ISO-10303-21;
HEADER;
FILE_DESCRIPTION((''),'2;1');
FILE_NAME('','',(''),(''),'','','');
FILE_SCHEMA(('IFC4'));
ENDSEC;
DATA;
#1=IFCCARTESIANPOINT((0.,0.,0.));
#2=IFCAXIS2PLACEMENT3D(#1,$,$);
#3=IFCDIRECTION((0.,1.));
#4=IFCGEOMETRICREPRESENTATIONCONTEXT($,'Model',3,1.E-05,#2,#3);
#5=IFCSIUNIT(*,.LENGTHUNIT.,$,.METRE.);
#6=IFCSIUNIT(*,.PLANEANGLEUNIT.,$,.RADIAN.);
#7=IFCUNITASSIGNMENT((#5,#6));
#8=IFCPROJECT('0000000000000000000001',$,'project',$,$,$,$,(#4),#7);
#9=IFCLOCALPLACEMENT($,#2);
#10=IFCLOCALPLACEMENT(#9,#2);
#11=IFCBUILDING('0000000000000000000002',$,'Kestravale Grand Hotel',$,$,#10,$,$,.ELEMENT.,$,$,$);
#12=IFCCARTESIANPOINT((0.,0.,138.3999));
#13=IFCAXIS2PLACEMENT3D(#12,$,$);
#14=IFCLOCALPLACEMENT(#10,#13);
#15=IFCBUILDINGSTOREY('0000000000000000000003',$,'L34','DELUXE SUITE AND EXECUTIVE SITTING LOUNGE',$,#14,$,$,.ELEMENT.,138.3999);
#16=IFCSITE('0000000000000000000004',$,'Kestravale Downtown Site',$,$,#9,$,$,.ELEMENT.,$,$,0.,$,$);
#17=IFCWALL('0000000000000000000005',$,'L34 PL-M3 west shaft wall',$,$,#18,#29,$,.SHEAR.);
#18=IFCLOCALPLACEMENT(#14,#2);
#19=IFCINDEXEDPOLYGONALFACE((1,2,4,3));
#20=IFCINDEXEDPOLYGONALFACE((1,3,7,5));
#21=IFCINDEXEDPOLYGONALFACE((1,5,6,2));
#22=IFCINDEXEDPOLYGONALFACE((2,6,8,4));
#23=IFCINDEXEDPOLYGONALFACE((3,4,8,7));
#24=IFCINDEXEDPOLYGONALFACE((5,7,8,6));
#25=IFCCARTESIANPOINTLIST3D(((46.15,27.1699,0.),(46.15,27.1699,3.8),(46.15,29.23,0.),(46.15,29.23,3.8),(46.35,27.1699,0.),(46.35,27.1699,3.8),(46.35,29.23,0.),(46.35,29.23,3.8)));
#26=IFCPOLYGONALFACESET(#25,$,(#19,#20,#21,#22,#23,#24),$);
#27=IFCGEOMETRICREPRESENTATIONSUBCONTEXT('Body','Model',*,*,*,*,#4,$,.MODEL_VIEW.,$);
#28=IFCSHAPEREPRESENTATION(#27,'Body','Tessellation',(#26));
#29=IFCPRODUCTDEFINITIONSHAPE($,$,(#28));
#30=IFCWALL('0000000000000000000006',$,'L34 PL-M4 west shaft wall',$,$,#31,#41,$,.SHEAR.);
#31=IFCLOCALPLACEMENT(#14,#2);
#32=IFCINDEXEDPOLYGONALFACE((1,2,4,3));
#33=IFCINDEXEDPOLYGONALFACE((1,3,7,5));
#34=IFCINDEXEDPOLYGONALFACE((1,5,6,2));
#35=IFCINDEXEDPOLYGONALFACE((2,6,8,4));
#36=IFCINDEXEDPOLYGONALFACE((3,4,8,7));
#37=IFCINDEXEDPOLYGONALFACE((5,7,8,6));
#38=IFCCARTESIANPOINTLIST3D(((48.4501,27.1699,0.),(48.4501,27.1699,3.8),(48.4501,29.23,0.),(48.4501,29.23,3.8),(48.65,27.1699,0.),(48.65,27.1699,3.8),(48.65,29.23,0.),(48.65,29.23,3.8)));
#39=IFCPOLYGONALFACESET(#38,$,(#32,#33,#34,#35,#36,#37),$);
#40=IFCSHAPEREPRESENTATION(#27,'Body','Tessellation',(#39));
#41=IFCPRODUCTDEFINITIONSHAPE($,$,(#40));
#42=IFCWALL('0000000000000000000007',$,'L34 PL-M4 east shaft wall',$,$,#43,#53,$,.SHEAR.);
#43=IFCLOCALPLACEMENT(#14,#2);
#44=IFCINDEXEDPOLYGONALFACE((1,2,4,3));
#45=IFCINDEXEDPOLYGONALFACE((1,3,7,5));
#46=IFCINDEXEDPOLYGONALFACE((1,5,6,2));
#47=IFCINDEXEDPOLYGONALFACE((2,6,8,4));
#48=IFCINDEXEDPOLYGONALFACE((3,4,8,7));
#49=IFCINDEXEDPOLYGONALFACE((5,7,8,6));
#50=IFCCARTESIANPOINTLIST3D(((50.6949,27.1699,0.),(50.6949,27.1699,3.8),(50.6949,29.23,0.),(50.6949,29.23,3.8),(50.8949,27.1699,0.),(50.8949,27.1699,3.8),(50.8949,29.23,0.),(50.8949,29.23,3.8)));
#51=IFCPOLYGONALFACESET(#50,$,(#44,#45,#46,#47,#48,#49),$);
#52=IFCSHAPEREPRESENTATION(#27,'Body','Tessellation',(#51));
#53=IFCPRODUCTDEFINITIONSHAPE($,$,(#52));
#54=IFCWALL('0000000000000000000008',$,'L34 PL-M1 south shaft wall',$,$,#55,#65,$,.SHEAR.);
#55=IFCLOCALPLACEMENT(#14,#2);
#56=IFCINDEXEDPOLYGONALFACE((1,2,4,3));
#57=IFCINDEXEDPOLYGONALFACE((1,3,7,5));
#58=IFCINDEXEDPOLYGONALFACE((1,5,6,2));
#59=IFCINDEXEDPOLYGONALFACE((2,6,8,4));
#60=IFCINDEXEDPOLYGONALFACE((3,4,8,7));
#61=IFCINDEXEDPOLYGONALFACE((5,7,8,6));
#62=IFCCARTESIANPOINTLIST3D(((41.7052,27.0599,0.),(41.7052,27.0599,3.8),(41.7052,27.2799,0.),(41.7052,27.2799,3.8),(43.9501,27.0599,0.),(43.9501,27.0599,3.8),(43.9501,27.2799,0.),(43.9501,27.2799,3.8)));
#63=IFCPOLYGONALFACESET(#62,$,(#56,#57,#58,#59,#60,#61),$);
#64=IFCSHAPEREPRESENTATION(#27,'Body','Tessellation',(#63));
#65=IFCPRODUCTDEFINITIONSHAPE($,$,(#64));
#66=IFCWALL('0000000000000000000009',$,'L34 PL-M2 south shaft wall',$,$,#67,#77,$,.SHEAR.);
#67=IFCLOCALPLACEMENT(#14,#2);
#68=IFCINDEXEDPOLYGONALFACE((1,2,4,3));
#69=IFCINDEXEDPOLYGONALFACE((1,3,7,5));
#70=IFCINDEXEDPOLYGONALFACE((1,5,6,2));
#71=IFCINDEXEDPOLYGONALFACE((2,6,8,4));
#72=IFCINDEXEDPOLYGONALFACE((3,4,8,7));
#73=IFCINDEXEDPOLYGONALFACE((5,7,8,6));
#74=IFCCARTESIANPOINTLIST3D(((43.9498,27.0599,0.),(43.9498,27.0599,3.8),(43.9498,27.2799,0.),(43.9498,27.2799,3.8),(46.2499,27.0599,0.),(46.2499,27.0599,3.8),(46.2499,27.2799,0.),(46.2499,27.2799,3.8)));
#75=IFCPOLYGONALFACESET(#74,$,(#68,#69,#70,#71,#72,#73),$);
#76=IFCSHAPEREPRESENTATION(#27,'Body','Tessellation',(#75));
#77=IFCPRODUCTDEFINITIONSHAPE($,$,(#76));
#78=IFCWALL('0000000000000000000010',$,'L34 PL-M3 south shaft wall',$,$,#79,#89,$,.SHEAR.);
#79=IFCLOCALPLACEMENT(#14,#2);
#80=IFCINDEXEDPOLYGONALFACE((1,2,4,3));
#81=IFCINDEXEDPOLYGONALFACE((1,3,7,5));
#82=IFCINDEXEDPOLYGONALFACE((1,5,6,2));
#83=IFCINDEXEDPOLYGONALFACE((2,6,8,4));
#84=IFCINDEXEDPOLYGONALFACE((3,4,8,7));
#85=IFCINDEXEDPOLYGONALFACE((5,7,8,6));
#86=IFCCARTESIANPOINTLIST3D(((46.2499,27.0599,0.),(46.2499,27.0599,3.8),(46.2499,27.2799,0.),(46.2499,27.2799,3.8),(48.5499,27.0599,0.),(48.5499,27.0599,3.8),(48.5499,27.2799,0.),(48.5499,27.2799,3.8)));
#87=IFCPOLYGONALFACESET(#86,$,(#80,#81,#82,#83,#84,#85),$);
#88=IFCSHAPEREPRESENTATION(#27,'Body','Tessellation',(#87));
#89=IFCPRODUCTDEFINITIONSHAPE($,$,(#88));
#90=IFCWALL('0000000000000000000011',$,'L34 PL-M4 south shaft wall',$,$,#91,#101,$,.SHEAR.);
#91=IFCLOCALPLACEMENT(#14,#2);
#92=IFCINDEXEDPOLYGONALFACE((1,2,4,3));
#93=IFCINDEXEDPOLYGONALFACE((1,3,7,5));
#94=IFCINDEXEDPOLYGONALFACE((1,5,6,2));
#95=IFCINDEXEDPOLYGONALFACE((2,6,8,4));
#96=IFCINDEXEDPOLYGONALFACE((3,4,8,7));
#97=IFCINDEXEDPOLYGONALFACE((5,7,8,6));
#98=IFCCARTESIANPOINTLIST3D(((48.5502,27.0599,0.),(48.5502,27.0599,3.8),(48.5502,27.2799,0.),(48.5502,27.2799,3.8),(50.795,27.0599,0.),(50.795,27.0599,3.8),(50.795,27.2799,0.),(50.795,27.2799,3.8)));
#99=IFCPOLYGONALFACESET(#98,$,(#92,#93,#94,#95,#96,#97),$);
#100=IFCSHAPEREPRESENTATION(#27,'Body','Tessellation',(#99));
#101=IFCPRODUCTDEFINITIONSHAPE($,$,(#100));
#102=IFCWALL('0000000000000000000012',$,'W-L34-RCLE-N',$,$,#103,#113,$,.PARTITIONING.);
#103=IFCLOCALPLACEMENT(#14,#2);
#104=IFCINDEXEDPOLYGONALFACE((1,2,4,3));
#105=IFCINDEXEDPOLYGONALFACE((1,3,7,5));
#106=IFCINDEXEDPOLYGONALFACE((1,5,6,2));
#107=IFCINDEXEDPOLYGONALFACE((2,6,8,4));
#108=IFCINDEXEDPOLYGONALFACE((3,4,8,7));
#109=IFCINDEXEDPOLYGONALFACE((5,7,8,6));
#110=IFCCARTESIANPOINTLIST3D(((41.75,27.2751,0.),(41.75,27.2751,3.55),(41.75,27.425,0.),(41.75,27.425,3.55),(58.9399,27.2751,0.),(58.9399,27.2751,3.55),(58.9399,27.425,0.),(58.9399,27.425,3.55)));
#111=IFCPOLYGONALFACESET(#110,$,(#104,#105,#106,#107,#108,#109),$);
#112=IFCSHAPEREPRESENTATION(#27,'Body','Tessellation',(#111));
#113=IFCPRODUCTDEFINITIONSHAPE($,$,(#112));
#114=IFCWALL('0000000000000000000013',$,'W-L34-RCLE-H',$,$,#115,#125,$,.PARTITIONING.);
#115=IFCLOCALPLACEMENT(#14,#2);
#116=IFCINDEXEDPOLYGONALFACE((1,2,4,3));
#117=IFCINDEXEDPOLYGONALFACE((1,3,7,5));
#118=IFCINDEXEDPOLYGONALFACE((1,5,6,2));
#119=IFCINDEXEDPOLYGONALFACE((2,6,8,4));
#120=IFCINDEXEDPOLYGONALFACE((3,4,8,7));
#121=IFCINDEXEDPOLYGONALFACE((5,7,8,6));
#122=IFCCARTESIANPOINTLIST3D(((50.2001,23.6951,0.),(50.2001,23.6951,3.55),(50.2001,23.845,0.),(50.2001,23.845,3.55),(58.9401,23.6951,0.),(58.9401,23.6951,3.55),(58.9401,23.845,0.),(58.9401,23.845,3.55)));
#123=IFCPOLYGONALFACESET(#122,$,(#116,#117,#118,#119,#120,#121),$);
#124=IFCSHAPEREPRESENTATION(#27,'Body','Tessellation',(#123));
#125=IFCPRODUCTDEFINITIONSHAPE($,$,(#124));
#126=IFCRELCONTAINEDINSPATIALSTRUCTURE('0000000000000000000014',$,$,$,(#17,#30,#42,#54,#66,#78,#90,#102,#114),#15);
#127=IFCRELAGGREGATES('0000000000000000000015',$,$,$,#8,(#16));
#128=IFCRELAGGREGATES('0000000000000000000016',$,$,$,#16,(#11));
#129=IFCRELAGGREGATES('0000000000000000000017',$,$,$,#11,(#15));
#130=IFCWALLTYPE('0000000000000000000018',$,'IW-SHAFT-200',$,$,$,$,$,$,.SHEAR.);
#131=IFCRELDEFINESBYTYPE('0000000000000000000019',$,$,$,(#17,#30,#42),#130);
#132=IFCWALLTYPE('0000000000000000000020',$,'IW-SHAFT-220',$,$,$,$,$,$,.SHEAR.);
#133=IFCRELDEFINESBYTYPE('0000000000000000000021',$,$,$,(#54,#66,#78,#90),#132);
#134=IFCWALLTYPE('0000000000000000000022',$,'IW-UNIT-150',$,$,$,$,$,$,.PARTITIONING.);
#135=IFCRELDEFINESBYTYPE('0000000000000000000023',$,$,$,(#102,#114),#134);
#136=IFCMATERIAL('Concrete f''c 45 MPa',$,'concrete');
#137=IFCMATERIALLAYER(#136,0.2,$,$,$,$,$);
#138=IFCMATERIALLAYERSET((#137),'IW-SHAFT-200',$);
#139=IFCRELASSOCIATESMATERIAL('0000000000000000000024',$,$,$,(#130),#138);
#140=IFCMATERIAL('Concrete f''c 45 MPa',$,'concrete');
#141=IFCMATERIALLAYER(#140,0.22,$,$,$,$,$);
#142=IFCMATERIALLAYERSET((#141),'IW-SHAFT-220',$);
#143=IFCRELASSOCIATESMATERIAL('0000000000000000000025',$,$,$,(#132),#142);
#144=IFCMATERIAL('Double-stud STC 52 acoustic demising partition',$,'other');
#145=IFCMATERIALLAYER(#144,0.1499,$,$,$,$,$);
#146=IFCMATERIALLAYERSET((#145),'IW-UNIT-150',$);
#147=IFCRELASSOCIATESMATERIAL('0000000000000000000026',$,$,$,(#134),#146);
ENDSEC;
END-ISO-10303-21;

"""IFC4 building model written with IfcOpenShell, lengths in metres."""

from ifc_helpers import new_model, si_unit, direction, frame, frame_2d, origin, place, context, subcontext, project, spatial, rectangle, extrude, material, layer, layer_set, type_object, element, save


model = new_model("IFC4")

# Units and contexts
model_context = context("Model", 3, precision=1e-05, world=origin(), true_north=direction((0.0, 1.0)))
body_context = subcontext(model_context, "Body", "Model", "MODEL_VIEW")
ifc_project = project(units=[si_unit("LENGTHUNIT", "METRE"), si_unit("PLANEANGLEUNIT", "RADIAN")], contexts=[model_context])

# Site, building, storey
site_placement = place(None, origin())
site = spatial("IfcSite", under=ifc_project, at=site_placement, Name="Kestravale Downtown Site", CompositionType="ELEMENT", RefElevation=0.0)
building_placement = place(site_placement, origin())
building = spatial("IfcBuilding", under=site, at=building_placement, Name="Kestravale Grand Hotel", CompositionType="ELEMENT")
storey_placement = place(building_placement, frame((0.0, 0.0, 138.3999)))
storey = spatial("IfcBuildingStorey", under=building, at=storey_placement, Name="L34", Description="DELUXE SUITE AND EXECUTIVE SITTING LOUNGE", CompositionType="ELEMENT", Elevation=138.3999)

# Walls
ifc_material_1 = material(Name="Concrete f'c 45 MPa", Category="concrete")
ifc_layer_1 = layer(ifc_material_1, 0.2)
ifc_layer_set_1 = layer_set([ifc_layer_1], Name="IW-SHAFT-200")
wall_type_1 = type_object("IfcWallType", Name="IW-SHAFT-200", PredefinedType="SHEAR", material=ifc_layer_set_1)
for number, where, z_axis, x_axis, name in (
    (1, (46.25, 27.1699, 0.0), (0.0, 0.0, 1.0), (0.0, 1.0, 0.0), "L34 PL-M3 west shaft wall"),
    (2, (48.55, 27.1699, 0.0), (0.0, 0.0, 1.0), (0.0, 1.0, 0.0), "L34 PL-M4 west shaft wall"),
    (3, (50.7949, 27.1699, 0.0), (0.0, 0.0, 1.0), (0.0, 1.0, 0.0), "L34 PL-M4 east shaft wall"),
):
    element("IfcWall", number, at=place(storey_placement, frame(where, z_axis=z_axis, x_axis=x_axis)), inside=storey, type_object=wall_type_1, Name=name, PredefinedType="SHEAR", context=body_context, shape_type="SweptSolid", body=[
        extrude(rectangle(XDim=2.0601, YDim=0.2, at=frame_2d((1.03, 0.0))), origin(), (0.0, 0.0, 1.0), 3.8),
    ])

# Shared definitions
ifc_material_2 = material(Name="Concrete f'c 45 MPa", Category="concrete")
ifc_layer_2 = layer(ifc_material_2, 0.22)
ifc_layer_set_2 = layer_set([ifc_layer_2], Name="IW-SHAFT-220")
wall_type_2 = type_object("IfcWallType", Name="IW-SHAFT-220", PredefinedType="SHEAR", material=ifc_layer_set_2)

# Wall
wall_1_placement = place(storey_placement, frame((41.7051, 27.1699, 0.0), z_axis=(0.0, 0.0, 1.0), x_axis=(1.0, 0.0, 0.0)))
element("IfcWall", 4, at=wall_1_placement, inside=storey, type_object=wall_type_2, Name="L34 PL-M1 south shaft wall", PredefinedType="SHEAR", context=body_context, shape_type="SweptSolid", body=[
    extrude(rectangle(XDim=2.2449, YDim=0.22, at=frame_2d((1.1226, 0.0))), origin(), (0.0, 0.0, 1.0), 3.8),
])

# Wall
wall_2_placement = place(storey_placement, frame((43.95, 27.1699, 0.0), z_axis=(0.0, 0.0, 1.0), x_axis=(1.0, 0.0, 0.0)))
element("IfcWall", 5, at=wall_2_placement, inside=storey, type_object=wall_type_2, Name="L34 PL-M2 south shaft wall", PredefinedType="SHEAR", context=body_context, shape_type="SweptSolid", body=[
    extrude(rectangle(XDim=2.3, YDim=0.22, at=frame_2d((1.1499, 0.0))), origin(), (0.0, 0.0, 1.0), 3.8),
])

# Wall
wall_3_placement = place(storey_placement, frame((46.25, 27.1699, 0.0), z_axis=(0.0, 0.0, 1.0), x_axis=(1.0, 0.0, 0.0)))
element("IfcWall", 6, at=wall_3_placement, inside=storey, type_object=wall_type_2, Name="L34 PL-M3 south shaft wall", PredefinedType="SHEAR", context=body_context, shape_type="SweptSolid", body=[
    extrude(rectangle(XDim=2.3, YDim=0.22, at=frame_2d((1.1499, 0.0))), origin(), (0.0, 0.0, 1.0), 3.8),
])

# Walls
wall_4_placement = place(storey_placement, frame((48.55, 27.1699, 0.0), z_axis=(0.0, 0.0, 1.0), x_axis=(1.0, 0.0, 0.0)))
element("IfcWall", 7, at=wall_4_placement, inside=storey, type_object=wall_type_2, Name="L34 PL-M4 south shaft wall", PredefinedType="SHEAR", context=body_context, shape_type="SweptSolid", body=[
    extrude(rectangle(XDim=2.2449, YDim=0.22, at=frame_2d((1.1226, 0.0))), origin(), (0.0, 0.0, 1.0), 3.8),
])
ifc_material_3 = material(Name="Double-stud STC 52 acoustic demising partition", Category="other")
ifc_layer_3 = layer(ifc_material_3, 0.1499)
ifc_layer_set_3 = layer_set([ifc_layer_3], Name="IW-UNIT-150")
wall_type_3 = type_object("IfcWallType", Name="IW-UNIT-150", PredefinedType="PARTITIONING", material=ifc_layer_set_3)
wall_5_placement = place(storey_placement, frame((41.75, 27.3501, 0.0), z_axis=(0.0, 0.0, 1.0), x_axis=(1.0, 0.0, 0.0)))
element("IfcWall", 8, at=wall_5_placement, inside=storey, type_object=wall_type_3, Name="W-L34-RCLE-N", PredefinedType="PARTITIONING", context=body_context, shape_type="SweptSolid", body=[
    extrude(rectangle(XDim=17.1899, YDim=0.1499, at=frame_2d((8.595, 0.0))), origin(), (0.0, 0.0, 1.0), 3.55),
])
wall_6_placement = place(storey_placement, frame((50.2, 23.77, 0.0), z_axis=(0.0, 0.0, 1.0), x_axis=(1.0, 0.0, 0.0)))
element("IfcWall", 9, at=wall_6_placement, inside=storey, type_object=wall_type_3, Name="W-L34-RCLE-H", PredefinedType="PARTITIONING", context=body_context, shape_type="SweptSolid", body=[
    extrude(rectangle(XDim=8.74, YDim=0.1499, at=frame_2d((4.3701, 0.0))), origin(), (0.0, 0.0, 1.0), 3.55),
])

save(model, "model.ifc")
